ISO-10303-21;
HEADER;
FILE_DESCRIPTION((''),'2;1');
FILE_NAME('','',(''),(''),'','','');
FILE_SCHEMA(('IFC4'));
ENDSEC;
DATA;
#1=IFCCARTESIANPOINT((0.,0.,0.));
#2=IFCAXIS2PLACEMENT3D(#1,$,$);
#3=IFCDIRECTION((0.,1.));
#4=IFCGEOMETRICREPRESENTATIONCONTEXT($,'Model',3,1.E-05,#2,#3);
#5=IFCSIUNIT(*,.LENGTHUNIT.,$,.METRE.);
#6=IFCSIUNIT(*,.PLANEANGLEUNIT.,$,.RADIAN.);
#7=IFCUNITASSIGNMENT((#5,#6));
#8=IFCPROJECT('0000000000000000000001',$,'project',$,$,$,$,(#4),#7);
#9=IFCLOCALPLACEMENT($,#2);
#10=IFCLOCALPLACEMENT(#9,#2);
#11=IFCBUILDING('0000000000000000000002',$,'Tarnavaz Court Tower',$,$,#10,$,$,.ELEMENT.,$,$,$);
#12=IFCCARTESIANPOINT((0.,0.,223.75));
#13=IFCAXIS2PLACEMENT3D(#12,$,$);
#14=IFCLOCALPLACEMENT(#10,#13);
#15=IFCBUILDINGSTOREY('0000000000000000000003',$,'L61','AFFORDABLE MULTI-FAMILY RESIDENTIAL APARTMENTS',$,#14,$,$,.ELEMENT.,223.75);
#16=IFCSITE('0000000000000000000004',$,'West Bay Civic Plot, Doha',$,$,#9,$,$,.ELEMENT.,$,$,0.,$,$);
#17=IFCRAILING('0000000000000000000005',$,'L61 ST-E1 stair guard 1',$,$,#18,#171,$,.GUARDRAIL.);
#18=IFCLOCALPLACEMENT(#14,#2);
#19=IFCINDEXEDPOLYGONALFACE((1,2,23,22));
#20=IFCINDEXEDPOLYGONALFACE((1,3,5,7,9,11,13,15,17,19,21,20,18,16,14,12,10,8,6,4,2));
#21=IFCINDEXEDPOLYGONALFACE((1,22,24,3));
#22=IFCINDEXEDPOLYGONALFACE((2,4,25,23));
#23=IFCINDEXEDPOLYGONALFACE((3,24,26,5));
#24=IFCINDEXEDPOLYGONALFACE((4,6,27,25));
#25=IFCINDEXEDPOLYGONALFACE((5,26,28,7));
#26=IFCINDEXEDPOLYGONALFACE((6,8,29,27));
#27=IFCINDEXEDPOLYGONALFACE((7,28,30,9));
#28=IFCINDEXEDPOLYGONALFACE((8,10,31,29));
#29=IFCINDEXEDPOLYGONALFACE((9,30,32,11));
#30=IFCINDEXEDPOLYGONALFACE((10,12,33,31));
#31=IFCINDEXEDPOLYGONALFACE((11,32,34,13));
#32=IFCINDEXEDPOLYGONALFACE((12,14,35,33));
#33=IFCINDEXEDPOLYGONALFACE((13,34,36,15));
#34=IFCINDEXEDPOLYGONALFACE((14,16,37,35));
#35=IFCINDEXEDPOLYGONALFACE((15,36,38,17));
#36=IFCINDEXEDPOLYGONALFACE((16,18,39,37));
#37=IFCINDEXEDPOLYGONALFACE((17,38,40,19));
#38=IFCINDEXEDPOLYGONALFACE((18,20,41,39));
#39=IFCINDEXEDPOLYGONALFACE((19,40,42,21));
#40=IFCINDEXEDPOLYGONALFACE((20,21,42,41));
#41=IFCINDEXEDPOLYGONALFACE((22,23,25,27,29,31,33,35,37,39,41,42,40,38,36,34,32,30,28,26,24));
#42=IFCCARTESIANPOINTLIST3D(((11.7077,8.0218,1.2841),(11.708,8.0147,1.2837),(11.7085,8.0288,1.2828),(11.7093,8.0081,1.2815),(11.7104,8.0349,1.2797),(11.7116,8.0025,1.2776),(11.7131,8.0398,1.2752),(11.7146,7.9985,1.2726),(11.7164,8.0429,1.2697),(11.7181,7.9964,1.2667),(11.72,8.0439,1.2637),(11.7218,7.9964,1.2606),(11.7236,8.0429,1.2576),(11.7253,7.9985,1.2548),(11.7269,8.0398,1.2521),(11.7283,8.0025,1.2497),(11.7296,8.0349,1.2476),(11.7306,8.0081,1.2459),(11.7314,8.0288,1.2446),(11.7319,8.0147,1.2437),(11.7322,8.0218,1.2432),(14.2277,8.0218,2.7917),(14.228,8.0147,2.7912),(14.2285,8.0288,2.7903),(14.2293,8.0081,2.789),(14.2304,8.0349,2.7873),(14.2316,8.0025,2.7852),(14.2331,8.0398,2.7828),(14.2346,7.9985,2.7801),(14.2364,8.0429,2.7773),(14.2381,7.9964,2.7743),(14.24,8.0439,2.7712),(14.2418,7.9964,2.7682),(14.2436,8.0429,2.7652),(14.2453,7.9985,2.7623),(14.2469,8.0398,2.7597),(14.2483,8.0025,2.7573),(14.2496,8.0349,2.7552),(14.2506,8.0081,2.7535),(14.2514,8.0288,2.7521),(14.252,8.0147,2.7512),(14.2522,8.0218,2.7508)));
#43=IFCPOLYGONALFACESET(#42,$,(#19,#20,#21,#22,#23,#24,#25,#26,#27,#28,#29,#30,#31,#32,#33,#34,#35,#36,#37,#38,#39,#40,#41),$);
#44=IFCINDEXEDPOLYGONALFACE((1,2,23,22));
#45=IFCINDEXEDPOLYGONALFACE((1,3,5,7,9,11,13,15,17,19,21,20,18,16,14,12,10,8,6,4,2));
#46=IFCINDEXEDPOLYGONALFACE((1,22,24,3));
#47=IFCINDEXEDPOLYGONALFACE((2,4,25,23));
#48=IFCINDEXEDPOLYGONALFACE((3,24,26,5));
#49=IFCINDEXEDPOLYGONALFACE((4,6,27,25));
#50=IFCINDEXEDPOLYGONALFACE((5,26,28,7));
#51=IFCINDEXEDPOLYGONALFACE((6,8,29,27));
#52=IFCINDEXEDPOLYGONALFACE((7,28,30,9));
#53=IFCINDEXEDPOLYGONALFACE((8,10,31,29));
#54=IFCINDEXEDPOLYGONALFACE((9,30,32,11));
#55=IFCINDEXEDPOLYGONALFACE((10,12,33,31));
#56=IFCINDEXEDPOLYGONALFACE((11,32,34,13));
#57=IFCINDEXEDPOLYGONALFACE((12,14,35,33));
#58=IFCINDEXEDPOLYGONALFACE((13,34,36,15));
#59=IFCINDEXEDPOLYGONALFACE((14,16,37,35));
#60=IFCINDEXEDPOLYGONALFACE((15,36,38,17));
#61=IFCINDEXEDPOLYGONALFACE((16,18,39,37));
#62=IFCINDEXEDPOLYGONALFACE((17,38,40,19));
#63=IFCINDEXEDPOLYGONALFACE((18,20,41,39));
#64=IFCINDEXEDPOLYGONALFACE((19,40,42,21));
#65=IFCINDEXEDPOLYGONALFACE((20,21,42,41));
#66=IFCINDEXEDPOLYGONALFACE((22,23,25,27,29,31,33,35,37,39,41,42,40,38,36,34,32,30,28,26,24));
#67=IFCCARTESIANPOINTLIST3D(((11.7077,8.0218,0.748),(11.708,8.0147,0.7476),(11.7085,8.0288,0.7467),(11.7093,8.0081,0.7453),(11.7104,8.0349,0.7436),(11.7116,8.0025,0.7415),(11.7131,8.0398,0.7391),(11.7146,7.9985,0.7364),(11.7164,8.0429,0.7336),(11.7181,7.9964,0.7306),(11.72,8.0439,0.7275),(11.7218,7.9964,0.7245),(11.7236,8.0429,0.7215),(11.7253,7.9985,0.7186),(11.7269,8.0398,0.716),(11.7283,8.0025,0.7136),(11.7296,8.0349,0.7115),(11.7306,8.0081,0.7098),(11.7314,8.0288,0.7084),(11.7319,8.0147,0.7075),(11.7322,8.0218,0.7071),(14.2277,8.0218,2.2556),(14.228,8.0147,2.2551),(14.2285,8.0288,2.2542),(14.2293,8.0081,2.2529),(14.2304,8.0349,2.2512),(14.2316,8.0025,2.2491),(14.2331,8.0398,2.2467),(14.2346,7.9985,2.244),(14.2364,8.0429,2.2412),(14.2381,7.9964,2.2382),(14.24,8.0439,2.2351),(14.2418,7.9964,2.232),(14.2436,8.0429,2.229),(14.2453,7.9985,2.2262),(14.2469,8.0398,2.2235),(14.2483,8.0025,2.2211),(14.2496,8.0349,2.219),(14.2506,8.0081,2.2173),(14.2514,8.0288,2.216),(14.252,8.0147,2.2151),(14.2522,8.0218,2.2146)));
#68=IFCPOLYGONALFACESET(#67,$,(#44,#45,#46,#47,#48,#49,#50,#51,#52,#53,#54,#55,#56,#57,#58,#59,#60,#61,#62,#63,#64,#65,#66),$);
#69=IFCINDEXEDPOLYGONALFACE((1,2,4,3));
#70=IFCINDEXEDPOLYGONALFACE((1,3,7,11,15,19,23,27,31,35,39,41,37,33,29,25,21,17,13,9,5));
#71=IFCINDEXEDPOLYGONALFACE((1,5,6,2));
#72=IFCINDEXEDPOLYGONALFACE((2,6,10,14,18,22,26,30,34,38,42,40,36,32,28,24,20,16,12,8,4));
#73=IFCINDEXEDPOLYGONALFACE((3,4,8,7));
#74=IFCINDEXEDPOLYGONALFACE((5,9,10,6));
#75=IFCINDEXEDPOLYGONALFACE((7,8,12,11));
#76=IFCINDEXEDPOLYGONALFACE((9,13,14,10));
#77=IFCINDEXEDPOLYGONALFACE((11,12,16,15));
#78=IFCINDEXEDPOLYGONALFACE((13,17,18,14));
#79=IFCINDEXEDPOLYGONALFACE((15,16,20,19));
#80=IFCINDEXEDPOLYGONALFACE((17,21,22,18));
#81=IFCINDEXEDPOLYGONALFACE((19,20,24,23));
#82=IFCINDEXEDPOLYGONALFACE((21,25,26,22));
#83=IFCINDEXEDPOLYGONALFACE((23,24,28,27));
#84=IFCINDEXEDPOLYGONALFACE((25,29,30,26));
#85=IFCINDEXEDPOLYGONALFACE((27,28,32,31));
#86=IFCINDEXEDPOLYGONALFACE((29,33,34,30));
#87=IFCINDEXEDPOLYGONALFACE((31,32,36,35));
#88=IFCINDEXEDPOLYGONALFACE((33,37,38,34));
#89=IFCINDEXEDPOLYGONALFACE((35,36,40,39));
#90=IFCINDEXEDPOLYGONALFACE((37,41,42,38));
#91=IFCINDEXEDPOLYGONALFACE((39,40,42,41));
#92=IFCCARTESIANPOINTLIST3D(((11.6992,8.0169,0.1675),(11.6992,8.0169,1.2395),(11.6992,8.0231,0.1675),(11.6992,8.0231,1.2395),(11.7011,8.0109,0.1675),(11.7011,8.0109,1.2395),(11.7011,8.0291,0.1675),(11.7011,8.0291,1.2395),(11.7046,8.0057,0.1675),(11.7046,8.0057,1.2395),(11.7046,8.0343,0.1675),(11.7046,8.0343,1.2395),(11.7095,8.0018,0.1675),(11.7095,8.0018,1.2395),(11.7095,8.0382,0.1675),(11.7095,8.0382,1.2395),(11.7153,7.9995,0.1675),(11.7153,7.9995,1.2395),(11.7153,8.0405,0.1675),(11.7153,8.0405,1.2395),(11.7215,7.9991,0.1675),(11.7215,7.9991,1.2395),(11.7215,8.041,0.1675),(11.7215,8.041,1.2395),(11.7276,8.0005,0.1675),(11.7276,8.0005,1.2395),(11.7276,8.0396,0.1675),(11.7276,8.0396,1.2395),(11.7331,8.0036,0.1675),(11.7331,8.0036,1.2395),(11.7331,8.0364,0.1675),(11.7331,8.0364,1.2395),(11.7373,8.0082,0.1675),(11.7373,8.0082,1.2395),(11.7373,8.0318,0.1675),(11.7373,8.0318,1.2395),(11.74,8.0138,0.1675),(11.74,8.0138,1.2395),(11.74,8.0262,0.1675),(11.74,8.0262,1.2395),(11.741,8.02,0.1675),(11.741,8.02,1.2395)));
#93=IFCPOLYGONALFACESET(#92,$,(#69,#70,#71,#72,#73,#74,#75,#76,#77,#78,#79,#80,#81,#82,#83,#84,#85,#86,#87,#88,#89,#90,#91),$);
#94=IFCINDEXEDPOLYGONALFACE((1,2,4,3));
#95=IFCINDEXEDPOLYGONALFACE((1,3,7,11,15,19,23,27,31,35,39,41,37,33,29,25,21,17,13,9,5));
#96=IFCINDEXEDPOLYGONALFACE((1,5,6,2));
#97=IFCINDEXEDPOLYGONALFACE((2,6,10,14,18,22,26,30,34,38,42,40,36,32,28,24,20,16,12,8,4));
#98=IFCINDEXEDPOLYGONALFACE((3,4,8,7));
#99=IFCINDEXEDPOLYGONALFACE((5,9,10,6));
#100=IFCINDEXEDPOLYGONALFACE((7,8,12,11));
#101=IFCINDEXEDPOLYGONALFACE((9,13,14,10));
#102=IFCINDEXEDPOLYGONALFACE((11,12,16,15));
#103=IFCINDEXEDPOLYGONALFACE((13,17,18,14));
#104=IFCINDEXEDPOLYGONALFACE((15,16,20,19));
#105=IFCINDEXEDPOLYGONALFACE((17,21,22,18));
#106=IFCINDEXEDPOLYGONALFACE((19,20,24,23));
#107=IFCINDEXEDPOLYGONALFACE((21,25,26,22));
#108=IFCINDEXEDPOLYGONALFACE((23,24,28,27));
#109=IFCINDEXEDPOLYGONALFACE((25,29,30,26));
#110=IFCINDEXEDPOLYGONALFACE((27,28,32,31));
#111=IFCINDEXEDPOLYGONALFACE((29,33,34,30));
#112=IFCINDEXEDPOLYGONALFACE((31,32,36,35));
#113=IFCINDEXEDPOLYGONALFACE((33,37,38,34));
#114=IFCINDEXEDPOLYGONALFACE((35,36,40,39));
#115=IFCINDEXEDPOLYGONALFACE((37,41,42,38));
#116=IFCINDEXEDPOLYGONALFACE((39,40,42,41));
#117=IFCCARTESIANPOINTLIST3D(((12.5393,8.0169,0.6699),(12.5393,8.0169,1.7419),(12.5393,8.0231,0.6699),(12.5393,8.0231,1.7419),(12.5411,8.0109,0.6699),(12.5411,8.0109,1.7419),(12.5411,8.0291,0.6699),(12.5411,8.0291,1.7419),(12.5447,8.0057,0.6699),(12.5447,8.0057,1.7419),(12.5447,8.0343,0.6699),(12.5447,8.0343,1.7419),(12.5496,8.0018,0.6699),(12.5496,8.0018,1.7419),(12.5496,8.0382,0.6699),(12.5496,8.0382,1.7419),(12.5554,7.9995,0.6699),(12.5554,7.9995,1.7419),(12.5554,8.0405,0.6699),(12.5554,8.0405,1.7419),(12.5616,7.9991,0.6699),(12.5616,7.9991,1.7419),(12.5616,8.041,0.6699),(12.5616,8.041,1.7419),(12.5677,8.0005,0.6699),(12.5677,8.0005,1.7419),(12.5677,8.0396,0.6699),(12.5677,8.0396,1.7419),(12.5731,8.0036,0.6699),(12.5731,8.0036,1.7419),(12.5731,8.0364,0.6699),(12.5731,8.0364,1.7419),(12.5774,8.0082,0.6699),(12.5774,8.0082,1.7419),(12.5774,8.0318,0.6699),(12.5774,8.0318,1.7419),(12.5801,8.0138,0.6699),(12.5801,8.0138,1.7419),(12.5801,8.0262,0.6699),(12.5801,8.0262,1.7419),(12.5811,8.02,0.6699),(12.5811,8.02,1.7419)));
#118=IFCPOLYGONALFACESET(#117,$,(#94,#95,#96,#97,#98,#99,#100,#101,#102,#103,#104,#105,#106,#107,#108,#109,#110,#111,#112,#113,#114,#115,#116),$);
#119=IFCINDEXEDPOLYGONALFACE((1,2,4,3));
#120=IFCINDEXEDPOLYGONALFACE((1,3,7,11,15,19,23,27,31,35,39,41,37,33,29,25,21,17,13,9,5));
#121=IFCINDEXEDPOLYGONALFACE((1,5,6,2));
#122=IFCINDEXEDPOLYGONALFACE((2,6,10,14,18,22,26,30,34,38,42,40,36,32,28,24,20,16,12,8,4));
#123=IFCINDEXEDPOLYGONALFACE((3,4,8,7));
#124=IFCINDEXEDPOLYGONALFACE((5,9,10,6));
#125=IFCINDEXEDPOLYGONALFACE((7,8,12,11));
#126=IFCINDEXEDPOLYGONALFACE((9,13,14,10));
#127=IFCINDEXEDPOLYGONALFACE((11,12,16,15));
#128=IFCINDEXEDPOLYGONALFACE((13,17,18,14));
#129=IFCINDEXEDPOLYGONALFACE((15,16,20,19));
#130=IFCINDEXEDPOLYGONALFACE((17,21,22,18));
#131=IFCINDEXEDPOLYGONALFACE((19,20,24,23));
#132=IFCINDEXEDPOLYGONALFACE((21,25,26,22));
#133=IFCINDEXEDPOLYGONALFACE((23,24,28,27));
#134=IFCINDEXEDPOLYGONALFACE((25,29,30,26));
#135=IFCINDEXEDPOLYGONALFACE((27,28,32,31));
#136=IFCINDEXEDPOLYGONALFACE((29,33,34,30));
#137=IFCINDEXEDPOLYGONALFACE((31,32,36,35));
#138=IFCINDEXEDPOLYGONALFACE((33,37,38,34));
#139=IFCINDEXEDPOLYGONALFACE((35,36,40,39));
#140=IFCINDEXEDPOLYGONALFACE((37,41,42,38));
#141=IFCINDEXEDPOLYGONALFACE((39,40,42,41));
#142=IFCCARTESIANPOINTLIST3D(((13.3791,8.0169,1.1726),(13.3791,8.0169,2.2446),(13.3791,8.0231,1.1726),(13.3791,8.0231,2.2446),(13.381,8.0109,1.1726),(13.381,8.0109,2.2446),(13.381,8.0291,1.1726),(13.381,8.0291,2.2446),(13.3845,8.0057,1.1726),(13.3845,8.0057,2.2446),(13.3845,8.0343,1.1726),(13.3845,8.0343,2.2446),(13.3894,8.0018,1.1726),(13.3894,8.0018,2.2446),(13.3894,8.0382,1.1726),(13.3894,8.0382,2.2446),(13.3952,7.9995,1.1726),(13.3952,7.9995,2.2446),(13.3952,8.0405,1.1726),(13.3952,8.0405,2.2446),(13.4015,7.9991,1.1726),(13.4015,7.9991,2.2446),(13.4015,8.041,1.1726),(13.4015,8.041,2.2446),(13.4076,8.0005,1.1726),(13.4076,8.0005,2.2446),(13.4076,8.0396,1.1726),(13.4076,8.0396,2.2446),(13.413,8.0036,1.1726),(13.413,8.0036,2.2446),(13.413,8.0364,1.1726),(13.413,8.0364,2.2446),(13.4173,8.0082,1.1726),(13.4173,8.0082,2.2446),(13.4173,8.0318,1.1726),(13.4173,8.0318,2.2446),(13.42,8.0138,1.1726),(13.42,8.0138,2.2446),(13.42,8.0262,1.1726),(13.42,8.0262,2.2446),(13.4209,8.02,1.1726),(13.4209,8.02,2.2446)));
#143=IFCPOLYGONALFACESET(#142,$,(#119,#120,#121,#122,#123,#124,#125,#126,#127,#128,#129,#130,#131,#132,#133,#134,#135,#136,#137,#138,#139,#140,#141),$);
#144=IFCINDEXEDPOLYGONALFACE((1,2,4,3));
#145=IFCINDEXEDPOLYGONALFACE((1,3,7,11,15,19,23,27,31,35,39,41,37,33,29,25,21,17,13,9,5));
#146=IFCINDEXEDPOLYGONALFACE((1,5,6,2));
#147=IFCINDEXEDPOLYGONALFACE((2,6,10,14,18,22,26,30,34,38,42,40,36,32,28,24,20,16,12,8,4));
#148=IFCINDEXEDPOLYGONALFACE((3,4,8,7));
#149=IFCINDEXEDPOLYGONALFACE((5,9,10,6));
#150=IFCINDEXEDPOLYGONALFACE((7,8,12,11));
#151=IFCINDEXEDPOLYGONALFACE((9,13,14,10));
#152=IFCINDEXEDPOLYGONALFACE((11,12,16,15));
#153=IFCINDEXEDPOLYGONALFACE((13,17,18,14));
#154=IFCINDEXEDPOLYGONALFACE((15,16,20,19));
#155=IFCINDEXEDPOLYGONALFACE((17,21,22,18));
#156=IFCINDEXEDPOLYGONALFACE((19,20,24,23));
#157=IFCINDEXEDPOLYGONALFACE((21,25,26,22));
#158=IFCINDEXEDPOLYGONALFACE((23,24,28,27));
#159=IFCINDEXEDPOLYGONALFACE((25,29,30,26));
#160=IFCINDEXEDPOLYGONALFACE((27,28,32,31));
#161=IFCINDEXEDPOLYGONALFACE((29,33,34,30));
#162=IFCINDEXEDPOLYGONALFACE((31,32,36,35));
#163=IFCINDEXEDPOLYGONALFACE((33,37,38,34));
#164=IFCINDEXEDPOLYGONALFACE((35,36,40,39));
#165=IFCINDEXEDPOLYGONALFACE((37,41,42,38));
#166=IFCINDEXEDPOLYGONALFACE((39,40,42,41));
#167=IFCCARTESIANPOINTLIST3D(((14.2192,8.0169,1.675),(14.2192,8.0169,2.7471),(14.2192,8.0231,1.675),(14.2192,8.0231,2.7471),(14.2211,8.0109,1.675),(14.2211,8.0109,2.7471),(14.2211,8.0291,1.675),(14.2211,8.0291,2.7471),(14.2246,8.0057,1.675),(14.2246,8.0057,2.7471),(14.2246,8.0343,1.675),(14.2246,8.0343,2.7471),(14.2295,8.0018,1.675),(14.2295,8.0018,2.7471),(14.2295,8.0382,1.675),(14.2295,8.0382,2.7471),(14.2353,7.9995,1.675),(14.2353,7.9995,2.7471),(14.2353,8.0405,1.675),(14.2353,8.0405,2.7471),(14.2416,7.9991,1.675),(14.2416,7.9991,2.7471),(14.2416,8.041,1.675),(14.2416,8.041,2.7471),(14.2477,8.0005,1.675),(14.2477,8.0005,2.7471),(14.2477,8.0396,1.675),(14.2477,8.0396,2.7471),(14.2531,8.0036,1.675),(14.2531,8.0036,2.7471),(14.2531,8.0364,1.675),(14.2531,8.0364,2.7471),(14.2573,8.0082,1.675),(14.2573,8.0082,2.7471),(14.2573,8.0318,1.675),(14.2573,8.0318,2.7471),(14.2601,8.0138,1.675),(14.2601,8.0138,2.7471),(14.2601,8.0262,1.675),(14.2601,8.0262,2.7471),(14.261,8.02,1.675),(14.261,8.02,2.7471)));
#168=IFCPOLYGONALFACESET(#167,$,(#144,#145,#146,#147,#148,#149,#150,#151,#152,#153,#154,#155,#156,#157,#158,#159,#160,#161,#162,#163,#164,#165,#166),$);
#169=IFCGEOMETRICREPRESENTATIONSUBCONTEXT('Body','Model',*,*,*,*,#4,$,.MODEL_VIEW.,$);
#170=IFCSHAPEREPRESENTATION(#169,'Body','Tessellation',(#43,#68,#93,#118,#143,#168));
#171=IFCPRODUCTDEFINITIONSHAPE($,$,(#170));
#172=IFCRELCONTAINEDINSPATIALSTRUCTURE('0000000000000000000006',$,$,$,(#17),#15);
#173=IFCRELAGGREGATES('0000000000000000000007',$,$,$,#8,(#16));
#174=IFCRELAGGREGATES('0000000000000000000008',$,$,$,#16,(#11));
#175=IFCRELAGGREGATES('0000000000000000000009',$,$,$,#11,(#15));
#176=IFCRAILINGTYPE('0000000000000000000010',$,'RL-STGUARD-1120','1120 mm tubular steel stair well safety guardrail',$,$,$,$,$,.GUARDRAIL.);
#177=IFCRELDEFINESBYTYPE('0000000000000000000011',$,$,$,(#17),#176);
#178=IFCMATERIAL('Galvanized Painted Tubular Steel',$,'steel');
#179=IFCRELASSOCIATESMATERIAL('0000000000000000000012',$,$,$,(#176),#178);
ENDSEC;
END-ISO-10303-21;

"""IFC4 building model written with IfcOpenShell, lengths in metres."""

from ifc_helpers import new_model, si_unit, direction, frame, origin, origin_2d, place, context, subcontext, project, spatial, circle, extrude, material, type_object, element, save


model = new_model("IFC4")

# Units and contexts
model_context = context("Model", 3, precision=1e-05, world=origin(), true_north=direction((0.0, 1.0)))
body_context = subcontext(model_context, "Body", "Model", "MODEL_VIEW")
ifc_project = project(units=[si_unit("LENGTHUNIT", "METRE"), si_unit("PLANEANGLEUNIT", "RADIAN")], contexts=[model_context])

# Site, building, storey
site_placement = place(None, origin())
site = spatial("IfcSite", under=ifc_project, at=site_placement, Name="West Bay Civic Plot, Doha", CompositionType="ELEMENT", RefElevation=0.0)
building_placement = place(site_placement, origin())
building = spatial("IfcBuilding", under=site, at=building_placement, Name="Tarnavaz Court Tower", CompositionType="ELEMENT")
storey_placement = place(building_placement, frame((0.0, 0.0, 223.75)))
storey = spatial("IfcBuildingStorey", under=building, at=storey_placement, Name="L61", Description="AFFORDABLE MULTI-FAMILY RESIDENTIAL APARTMENTS", CompositionType="ELEMENT", Elevation=223.75)

# Railing
ifc_material_1 = material(Name="Galvanized Painted Tubular Steel", Category="steel")
railing_type_1 = type_object("IfcRailingType", Name="RL-STGUARD-1120", Description="1120 mm tubular steel stair well safety guardrail", PredefinedType="GUARDRAIL", material=ifc_material_1)
railing_1_placement = place(storey_placement, frame((11.72, 8.02, 0.1675)))
element("IfcRailing", 1, at=railing_1_placement, inside=storey, type_object=railing_type_1, Name="L61 ST-E1 stair guard 1", PredefinedType="GUARDRAIL", context=body_context, shape_type="SweptSolid", body=[
    extrude(circle(Radius=0.0239, at=origin_2d()), frame((0.0, 0.0, 1.0962), z_axis=(0.85816, 0.0, 0.513383), x_axis=(0.0, 1.0, 0.0)), (0.0, 0.0, 1.0), 2.9365),
    extrude(circle(Radius=0.0239, at=origin_2d()), frame((0.0, 0.0, 0.5601), z_axis=(0.85816, 0.0, 0.513383), x_axis=(0.0, 1.0, 0.0)), (0.0, 0.0, 1.0), 2.9365),
    extrude(circle(Radius=0.021, at=origin_2d()), origin(), (0.0, 0.0, 1.0), 1.072),
    extrude(circle(Radius=0.021, at=origin_2d()), frame((0.8401, 0.0, 0.5024)), (0.0, 0.0, 1.0), 1.072),
    extrude(circle(Radius=0.021, at=origin_2d()), frame((1.6799, 0.0, 1.0051)), (0.0, 0.0, 1.0), 1.072),
    extrude(circle(Radius=0.021, at=origin_2d()), frame((2.52, 0.0, 1.5076)), (0.0, 0.0, 1.0), 1.072),
])

save(model, "model.ifc")
